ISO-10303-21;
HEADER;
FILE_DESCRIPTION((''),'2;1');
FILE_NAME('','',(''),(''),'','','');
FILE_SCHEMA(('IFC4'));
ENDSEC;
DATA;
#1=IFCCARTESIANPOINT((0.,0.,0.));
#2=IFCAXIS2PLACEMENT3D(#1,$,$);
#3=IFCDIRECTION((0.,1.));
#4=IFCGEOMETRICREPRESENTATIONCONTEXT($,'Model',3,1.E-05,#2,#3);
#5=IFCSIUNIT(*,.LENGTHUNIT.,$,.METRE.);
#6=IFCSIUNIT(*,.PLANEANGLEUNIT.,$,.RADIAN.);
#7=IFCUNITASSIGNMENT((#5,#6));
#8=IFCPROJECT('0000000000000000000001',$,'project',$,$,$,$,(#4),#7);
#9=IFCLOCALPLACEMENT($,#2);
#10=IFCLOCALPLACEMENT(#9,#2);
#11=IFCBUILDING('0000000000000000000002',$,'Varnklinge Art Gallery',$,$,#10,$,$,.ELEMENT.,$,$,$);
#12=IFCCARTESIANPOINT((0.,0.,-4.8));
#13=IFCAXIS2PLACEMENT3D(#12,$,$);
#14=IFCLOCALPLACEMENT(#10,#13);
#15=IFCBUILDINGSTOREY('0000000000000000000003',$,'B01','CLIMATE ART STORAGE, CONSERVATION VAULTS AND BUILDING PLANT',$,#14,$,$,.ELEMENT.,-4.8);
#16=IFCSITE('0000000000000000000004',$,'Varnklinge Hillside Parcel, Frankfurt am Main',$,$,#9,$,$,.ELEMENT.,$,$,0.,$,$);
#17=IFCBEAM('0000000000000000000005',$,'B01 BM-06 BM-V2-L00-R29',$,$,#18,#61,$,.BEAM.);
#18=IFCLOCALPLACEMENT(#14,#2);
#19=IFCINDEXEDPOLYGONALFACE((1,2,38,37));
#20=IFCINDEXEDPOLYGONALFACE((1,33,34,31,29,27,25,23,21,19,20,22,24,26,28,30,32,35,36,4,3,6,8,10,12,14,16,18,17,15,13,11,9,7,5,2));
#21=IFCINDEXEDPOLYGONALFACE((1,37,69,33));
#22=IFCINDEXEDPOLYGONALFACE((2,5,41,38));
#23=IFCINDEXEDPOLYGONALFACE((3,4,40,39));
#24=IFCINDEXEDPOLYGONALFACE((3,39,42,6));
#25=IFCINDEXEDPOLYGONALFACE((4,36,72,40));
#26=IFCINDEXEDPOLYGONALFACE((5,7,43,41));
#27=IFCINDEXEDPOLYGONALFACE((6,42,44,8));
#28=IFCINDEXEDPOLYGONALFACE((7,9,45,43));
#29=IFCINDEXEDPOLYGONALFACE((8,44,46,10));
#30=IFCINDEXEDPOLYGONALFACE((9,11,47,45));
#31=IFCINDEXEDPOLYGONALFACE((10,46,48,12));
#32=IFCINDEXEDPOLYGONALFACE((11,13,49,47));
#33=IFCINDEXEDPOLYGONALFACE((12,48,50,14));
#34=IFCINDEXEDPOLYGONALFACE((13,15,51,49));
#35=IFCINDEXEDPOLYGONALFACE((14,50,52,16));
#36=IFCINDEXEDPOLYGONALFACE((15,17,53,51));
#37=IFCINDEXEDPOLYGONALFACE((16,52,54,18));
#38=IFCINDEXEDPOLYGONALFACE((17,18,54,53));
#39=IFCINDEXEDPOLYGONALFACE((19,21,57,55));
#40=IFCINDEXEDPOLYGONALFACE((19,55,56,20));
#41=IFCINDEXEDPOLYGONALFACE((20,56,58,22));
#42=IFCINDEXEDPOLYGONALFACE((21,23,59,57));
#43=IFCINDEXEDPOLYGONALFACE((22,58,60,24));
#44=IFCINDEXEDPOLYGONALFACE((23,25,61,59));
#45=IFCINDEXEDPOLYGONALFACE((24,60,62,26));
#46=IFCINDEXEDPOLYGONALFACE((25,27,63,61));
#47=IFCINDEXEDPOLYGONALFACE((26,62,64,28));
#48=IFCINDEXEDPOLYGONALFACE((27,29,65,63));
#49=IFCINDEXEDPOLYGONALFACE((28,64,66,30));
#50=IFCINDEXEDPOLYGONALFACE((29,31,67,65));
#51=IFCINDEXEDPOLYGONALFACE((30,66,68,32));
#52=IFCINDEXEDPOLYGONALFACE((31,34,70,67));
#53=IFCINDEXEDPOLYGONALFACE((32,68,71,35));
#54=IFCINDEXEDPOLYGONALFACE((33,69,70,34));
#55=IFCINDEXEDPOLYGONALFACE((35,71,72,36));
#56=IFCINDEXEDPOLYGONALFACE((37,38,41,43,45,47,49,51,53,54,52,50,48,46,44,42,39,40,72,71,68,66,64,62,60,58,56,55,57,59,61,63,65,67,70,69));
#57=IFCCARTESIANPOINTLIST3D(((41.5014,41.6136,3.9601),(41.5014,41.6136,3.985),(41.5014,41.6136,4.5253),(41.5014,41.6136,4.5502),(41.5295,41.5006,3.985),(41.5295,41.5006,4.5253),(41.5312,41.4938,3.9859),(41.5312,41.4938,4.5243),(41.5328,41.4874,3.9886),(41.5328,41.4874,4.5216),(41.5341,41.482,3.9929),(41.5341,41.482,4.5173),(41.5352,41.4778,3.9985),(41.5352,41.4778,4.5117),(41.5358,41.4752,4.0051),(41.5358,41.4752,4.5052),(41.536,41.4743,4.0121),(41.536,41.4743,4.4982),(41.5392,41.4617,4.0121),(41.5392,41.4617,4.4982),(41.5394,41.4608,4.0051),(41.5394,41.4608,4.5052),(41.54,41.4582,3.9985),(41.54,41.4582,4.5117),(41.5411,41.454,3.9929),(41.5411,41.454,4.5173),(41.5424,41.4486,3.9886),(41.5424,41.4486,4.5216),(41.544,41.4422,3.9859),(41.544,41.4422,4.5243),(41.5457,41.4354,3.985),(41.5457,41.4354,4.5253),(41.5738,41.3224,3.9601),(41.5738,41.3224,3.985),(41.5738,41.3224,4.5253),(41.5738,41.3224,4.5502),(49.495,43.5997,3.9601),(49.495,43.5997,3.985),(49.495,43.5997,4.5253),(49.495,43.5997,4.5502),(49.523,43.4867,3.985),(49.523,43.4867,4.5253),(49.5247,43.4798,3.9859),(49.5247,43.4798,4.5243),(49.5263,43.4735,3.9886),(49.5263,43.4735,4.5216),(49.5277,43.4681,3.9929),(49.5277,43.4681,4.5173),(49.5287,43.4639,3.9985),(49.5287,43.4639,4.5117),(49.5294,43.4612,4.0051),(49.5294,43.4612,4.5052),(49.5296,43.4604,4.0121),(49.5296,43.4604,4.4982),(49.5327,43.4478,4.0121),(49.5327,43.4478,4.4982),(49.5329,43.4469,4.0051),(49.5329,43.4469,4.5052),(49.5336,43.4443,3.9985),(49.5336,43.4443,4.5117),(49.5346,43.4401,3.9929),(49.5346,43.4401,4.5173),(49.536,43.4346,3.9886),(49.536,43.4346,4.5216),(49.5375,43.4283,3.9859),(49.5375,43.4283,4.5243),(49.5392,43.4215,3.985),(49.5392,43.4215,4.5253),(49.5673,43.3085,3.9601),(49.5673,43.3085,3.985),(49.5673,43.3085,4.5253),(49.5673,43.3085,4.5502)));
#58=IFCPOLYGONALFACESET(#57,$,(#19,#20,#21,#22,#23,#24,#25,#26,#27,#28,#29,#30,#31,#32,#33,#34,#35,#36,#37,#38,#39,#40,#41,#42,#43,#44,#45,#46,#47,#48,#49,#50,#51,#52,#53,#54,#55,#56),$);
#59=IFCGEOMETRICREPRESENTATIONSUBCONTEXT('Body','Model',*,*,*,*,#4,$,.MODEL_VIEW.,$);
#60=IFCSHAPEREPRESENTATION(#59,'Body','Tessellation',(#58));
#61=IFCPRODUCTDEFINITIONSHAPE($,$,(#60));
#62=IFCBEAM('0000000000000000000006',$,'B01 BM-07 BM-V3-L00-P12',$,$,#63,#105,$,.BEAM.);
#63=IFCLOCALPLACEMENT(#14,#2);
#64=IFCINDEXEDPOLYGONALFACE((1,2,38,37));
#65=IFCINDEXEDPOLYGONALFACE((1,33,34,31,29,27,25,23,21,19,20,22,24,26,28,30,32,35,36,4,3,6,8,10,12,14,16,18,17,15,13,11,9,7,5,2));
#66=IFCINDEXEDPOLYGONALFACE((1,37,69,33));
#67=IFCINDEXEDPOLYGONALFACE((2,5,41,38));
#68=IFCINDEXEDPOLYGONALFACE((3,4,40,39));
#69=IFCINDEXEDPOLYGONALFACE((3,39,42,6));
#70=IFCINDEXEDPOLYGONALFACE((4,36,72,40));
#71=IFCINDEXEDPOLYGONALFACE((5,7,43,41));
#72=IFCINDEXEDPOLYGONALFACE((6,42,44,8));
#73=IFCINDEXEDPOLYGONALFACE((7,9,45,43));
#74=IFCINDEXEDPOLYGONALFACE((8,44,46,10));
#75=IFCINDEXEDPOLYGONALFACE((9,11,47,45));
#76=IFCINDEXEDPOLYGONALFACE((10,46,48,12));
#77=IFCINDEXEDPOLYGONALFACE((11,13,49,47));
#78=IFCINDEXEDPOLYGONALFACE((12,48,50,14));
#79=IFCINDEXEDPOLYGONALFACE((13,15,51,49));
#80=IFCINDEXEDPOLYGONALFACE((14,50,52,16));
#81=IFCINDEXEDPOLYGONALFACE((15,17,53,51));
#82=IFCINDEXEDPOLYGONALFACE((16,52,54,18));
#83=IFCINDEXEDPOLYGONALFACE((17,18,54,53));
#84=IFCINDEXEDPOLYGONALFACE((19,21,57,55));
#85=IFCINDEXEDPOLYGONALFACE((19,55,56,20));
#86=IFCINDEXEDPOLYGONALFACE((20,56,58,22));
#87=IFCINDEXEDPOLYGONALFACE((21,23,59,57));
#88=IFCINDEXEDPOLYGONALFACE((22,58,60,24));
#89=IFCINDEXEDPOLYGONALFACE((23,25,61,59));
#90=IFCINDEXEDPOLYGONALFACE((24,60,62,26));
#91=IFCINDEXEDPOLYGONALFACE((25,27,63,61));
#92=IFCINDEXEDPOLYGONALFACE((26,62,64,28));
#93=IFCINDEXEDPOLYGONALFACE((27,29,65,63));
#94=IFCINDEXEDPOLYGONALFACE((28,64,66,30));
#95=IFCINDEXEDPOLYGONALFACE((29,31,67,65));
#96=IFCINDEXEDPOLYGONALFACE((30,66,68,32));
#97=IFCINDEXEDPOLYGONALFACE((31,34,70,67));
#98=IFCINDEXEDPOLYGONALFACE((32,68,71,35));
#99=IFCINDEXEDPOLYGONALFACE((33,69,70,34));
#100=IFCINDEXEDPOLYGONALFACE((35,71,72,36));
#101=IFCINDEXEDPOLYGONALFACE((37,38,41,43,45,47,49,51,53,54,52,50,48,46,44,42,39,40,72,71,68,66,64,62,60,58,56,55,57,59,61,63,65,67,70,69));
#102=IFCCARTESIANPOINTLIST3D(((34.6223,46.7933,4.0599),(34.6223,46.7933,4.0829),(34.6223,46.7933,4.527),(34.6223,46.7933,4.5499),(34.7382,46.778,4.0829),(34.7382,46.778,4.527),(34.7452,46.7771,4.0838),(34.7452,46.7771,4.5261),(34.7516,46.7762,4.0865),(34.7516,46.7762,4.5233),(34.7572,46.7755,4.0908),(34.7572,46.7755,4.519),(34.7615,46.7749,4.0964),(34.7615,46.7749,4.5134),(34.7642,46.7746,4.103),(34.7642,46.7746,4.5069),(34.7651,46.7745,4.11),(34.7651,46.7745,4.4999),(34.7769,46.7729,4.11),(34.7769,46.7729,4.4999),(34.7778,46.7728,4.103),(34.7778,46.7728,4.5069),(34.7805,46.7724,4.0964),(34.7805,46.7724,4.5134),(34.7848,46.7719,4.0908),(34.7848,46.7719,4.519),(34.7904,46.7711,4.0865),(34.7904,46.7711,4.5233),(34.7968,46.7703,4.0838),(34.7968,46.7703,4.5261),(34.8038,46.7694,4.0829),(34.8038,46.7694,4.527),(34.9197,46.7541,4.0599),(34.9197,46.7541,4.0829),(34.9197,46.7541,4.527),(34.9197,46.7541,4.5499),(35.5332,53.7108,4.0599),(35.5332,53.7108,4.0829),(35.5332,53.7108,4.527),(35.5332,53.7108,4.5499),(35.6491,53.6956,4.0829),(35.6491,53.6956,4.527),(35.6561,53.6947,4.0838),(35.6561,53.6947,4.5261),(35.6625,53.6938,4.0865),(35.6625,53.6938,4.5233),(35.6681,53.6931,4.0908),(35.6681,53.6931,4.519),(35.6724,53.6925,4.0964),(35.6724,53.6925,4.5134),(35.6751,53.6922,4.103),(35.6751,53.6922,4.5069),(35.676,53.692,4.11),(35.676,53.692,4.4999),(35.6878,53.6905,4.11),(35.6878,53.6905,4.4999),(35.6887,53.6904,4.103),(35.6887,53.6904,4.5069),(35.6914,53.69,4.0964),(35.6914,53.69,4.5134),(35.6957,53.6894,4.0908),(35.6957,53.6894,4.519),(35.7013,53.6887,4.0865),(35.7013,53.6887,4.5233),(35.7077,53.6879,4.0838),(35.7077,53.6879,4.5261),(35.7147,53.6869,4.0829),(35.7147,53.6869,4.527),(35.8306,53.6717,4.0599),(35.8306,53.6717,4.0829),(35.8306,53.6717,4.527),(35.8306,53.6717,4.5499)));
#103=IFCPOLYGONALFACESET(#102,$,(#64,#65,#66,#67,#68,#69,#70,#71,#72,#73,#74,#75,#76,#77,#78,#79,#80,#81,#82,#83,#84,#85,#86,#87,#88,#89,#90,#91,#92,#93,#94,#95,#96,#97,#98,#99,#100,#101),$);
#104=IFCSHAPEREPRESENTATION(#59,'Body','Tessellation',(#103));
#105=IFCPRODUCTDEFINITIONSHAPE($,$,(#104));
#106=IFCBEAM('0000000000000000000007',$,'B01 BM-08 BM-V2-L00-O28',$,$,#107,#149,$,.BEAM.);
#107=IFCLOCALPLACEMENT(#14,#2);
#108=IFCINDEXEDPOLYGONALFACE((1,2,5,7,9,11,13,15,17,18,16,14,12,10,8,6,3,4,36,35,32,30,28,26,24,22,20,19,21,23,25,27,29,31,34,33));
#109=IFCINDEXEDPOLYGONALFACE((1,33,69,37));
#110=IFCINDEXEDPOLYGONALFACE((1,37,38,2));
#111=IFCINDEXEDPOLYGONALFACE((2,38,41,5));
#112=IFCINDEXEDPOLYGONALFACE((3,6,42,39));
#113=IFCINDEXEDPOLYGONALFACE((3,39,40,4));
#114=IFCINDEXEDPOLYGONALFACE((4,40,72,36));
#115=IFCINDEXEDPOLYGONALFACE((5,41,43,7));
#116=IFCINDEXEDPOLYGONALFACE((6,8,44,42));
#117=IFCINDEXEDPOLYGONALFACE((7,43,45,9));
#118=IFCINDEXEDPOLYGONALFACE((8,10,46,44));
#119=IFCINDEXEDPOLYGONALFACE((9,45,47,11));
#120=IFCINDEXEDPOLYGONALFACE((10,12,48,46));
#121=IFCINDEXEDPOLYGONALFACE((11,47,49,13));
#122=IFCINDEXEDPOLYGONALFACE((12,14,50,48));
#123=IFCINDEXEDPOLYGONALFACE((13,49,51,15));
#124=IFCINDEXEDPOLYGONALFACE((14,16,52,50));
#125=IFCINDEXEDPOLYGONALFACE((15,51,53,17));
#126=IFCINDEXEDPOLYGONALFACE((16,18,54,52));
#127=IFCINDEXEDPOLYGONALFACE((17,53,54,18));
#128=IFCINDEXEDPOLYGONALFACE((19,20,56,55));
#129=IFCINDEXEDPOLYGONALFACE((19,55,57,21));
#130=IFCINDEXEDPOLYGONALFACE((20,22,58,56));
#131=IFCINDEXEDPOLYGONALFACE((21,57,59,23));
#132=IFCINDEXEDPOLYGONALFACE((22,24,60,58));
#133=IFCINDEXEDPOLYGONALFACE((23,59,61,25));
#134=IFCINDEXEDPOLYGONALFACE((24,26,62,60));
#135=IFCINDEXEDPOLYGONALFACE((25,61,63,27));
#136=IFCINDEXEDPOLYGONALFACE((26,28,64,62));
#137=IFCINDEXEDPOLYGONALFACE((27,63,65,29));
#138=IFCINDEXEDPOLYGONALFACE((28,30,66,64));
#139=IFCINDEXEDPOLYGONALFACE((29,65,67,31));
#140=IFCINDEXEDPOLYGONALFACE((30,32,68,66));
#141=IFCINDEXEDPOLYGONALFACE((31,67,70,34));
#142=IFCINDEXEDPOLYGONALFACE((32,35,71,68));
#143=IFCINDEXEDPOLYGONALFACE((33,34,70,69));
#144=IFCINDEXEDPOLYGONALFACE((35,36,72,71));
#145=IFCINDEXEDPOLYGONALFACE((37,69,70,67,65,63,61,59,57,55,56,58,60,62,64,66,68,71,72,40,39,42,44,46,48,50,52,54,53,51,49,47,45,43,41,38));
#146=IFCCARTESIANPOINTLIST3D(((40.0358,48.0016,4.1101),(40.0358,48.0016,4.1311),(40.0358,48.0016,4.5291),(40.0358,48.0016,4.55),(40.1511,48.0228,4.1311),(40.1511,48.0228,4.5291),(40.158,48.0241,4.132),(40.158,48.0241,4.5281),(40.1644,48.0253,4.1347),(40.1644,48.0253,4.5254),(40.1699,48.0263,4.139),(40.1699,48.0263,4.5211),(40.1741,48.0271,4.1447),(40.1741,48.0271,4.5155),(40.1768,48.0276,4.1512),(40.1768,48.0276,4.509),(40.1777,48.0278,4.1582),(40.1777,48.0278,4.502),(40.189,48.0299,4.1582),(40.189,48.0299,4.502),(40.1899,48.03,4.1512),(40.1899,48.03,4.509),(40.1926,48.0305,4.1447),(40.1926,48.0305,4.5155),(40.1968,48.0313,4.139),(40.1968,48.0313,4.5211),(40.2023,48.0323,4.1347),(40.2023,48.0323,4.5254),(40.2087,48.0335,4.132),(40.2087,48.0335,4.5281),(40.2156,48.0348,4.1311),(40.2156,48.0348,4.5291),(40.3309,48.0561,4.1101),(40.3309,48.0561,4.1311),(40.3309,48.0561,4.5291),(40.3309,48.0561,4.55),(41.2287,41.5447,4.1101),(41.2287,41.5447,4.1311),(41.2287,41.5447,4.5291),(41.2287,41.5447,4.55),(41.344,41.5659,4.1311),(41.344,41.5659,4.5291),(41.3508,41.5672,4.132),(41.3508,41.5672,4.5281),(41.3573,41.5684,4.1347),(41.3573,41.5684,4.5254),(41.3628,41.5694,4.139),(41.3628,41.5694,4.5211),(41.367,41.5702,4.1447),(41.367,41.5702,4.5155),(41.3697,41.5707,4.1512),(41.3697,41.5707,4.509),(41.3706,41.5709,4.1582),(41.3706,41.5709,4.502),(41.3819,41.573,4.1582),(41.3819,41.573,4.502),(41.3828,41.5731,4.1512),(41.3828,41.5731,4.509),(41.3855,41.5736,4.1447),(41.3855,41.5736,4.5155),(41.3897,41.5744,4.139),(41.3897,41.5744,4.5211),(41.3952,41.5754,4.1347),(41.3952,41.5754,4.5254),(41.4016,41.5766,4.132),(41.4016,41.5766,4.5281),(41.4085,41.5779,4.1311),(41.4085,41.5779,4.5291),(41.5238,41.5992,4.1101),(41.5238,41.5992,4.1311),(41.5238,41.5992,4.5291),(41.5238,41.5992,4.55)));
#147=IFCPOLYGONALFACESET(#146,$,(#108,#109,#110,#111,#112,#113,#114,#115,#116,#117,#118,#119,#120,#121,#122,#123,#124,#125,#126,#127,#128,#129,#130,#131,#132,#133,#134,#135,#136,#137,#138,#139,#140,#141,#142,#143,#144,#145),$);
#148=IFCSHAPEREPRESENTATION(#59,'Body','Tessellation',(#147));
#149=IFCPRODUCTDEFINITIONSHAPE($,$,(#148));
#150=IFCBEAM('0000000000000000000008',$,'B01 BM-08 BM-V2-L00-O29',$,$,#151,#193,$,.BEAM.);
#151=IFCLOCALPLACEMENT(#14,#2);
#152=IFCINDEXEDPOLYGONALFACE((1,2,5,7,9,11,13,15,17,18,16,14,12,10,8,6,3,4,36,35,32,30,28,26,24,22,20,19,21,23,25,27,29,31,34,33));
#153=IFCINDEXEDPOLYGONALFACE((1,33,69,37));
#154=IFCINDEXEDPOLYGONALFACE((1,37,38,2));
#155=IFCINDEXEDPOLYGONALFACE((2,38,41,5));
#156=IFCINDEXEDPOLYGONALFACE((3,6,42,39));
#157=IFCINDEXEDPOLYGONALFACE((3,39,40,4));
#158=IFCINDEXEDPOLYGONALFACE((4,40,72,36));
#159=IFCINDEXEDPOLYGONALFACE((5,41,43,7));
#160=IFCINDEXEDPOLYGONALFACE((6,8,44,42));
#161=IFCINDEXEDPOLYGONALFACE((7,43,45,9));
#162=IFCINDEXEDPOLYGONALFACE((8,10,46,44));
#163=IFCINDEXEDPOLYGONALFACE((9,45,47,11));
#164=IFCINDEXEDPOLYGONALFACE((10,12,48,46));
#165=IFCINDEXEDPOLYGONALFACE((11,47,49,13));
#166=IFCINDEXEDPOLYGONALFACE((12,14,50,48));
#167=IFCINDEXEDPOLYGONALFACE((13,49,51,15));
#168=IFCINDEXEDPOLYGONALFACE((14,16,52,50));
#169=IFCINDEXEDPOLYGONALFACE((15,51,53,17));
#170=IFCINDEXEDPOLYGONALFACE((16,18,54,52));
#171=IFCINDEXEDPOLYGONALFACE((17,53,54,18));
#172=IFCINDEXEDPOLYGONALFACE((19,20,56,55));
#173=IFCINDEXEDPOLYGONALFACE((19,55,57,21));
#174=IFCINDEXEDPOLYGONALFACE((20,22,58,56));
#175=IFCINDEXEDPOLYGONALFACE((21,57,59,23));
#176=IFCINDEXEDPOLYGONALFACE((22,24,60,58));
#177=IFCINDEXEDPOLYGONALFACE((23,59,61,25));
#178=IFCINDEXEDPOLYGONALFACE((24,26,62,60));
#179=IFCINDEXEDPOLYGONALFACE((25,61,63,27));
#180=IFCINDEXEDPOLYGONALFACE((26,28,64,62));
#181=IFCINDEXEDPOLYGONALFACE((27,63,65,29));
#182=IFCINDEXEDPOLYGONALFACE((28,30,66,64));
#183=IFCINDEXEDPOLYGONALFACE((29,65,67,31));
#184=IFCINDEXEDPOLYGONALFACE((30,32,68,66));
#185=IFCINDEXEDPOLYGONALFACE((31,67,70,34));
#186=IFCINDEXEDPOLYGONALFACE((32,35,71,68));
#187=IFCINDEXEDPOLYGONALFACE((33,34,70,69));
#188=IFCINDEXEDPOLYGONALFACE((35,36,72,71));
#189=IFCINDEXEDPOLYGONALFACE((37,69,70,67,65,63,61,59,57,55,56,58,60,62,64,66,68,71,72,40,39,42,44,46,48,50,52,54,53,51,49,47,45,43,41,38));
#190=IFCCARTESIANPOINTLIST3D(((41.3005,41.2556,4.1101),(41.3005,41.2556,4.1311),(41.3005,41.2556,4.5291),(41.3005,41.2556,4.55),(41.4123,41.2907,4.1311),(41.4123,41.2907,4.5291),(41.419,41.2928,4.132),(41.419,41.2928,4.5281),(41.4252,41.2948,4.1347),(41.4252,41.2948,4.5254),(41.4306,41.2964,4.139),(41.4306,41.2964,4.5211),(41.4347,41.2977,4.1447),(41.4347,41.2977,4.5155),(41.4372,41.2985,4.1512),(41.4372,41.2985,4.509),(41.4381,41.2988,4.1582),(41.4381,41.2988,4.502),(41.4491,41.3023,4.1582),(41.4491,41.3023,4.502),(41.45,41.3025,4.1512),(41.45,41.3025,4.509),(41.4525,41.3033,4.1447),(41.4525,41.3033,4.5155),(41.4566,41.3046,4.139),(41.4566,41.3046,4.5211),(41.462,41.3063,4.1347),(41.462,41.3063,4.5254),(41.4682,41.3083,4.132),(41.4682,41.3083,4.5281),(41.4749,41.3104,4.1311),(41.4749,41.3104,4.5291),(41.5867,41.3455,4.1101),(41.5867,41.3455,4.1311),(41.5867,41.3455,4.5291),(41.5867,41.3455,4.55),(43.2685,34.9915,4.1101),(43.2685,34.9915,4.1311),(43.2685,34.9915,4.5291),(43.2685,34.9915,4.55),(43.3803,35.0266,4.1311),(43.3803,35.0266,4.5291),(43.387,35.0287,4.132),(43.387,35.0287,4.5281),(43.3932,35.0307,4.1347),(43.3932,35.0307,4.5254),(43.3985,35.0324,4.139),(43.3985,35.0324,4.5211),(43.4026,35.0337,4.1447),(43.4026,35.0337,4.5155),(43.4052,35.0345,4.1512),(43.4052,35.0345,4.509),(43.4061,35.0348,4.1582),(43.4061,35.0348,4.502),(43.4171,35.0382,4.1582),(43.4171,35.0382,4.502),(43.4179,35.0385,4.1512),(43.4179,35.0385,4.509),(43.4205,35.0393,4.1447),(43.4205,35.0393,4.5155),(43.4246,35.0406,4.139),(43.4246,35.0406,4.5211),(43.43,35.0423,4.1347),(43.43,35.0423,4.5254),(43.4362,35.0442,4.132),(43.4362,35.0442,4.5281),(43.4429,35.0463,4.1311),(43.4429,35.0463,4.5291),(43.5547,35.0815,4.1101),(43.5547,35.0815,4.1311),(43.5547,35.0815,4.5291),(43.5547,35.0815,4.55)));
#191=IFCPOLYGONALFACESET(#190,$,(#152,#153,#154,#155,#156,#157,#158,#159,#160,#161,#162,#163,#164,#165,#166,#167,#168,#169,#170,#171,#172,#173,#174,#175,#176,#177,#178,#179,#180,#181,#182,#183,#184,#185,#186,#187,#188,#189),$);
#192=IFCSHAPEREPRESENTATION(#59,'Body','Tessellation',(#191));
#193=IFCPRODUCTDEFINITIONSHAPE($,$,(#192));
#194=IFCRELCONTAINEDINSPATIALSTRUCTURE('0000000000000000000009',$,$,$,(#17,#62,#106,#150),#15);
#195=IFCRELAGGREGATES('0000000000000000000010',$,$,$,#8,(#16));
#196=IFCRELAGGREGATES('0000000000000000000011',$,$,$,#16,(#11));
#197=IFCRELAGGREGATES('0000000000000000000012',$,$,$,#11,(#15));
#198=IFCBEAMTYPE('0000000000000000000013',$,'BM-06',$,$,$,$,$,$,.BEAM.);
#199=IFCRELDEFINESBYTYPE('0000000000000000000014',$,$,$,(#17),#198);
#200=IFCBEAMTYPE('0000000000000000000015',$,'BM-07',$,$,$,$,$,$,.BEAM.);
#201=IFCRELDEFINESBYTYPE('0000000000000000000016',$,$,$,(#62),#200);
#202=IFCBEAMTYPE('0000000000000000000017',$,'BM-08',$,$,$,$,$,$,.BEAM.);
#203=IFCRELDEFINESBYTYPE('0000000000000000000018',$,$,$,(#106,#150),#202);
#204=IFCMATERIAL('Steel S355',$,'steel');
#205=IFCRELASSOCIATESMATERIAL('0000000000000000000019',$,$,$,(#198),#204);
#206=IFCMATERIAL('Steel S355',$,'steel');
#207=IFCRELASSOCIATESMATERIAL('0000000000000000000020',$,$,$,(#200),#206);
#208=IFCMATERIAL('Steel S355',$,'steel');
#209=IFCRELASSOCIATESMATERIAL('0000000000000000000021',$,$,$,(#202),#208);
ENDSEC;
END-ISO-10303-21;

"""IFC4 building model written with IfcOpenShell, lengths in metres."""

from ifc_helpers import new_model, si_unit, direction, frame, origin, origin_2d, place, context, subcontext, project, spatial, i_section, extrude, material, material_profile, profile_set, type_object, element, save


model = new_model("IFC4")

# Units and contexts
model_context = context("Model", 3, precision=1e-05, world=origin(), true_north=direction((0.0, 1.0)))
body_context = subcontext(model_context, "Body", "Model", "MODEL_VIEW")
ifc_project = project(units=[si_unit("LENGTHUNIT", "METRE"), si_unit("PLANEANGLEUNIT", "RADIAN")], contexts=[model_context])

# Site, building, storey
site_placement = place(None, origin())
site = spatial("IfcSite", under=ifc_project, at=site_placement, Name="Varnklinge Hillside Parcel, Frankfurt am Main", CompositionType="ELEMENT", RefElevation=0.0)
building_placement = place(site_placement, origin())
building = spatial("IfcBuilding", under=site, at=building_placement, Name="Varnklinge Art Gallery", CompositionType="ELEMENT")
storey_placement = place(building_placement, frame((0.0, 0.0, -4.8)))
storey = spatial("IfcBuildingStorey", under=building, at=storey_placement, Name="B01", Description="CLIMATE ART STORAGE, CONSERVATION VAULTS AND BUILDING PLANT", CompositionType="ELEMENT", Elevation=-4.8)

# Beams
ifc_material_1 = material(Name="Steel S355", Category="steel")
ifc_material_profile_1 = material_profile(ifc_material_1, i_section(OverallWidth=0.3, OverallDepth=0.5901, WebThickness=0.0129, FlangeThickness=0.0249, FilletRadius=0.0271, at=origin_2d()), Name="HEA 600")
ifc_profile_set_1 = profile_set([ifc_material_profile_1], Name="Steel S355")
beam_type_1 = type_object("IfcBeamType", Name="BM-06", PredefinedType="BEAM", material=ifc_profile_set_1)
beam_1_placement = place(storey_placement, frame((41.5376, 41.468, 4.2551), z_axis=(0.970494, 0.241127, 0.0), x_axis=(-0.241127, 0.970494, 0.0)))
element("IfcBeam", 1, at=beam_1_placement, inside=storey, type_object=beam_type_1, Name="B01 BM-06 BM-V2-L00-R29", PredefinedType="BEAM", context=body_context, shape_type="SweptSolid", body=[
    extrude(i_section(OverallWidth=0.3, OverallDepth=0.5901, WebThickness=0.0129, FlangeThickness=0.0249, FilletRadius=0.0271, at=origin_2d()), origin(), (0.0, 0.0, 1.0), 8.2366),
])
ifc_material_2 = material(Name="Steel S355", Category="steel")
ifc_material_profile_2 = material_profile(ifc_material_2, i_section(OverallWidth=0.3, OverallDepth=0.49, WebThickness=0.012, FlangeThickness=0.0229, FilletRadius=0.0271, at=origin_2d()), Name="HEA 500")
ifc_profile_set_2 = profile_set([ifc_material_profile_2], Name="Steel S355")
beam_type_2 = type_object("IfcBeamType", Name="BM-07", PredefinedType="BEAM", material=ifc_profile_set_2)
beam_2_placement = place(storey_placement, frame((34.771, 46.7737, 4.3049), z_axis=(0.130552, 0.991441, 0.0), x_axis=(-0.991441, 0.130552, 0.0)))
element("IfcBeam", 2, at=beam_2_placement, inside=storey, type_object=beam_type_2, Name="B01 BM-07 BM-V3-L00-P12", PredefinedType="BEAM", context=body_context, shape_type="SweptSolid", body=[
    extrude(i_section(OverallWidth=0.3, OverallDepth=0.49, WebThickness=0.012, FlangeThickness=0.0229, FilletRadius=0.0271, at=origin_2d()), origin(), (0.0, 0.0, 1.0), 6.9773),
])
ifc_material_3 = material(Name="Steel S355", Category="steel")
ifc_material_profile_3 = material_profile(ifc_material_3, i_section(OverallWidth=0.3, OverallDepth=0.4399, WebThickness=0.0115, FlangeThickness=0.021, FilletRadius=0.0271, at=origin_2d()), Name="HEA 450")
ifc_profile_set_3 = profile_set([ifc_material_profile_3], Name="Steel S355")
beam_type_3 = type_object("IfcBeamType", Name="BM-08", PredefinedType="BEAM", material=ifc_profile_set_3)
beam_3_placement = place(storey_placement, frame((40.1833, 48.0288, 4.3301), z_axis=(0.181672, -0.983359, 0.0), x_axis=(0.983359, 0.181672, 0.0)))
element("IfcBeam", 3, at=beam_3_placement, inside=storey, type_object=beam_type_3, Name="B01 BM-08 BM-V2-L00-O28", PredefinedType="BEAM", context=body_context, shape_type="SweptSolid", body=[
    extrude(i_section(OverallWidth=0.3, OverallDepth=0.4399, WebThickness=0.0115, FlangeThickness=0.021, FilletRadius=0.0271, at=origin_2d()), origin(), (0.0, 0.0, 1.0), 6.5662),
])
beam_4_placement = place(storey_placement, frame((41.4436, 41.3005, 4.3301), z_axis=(0.299727, -0.954025, 0.0), x_axis=(0.954025, 0.299727, 0.0)))
element("IfcBeam", 4, at=beam_4_placement, inside=storey, type_object=beam_type_3, Name="B01 BM-08 BM-V2-L00-O29", PredefinedType="BEAM", context=body_context, shape_type="SweptSolid", body=[
    extrude(i_section(OverallWidth=0.3, OverallDepth=0.4399, WebThickness=0.0115, FlangeThickness=0.021, FilletRadius=0.0271, at=origin_2d()), origin(), (0.0, 0.0, 1.0), 6.5659),
])

save(model, "model.ifc")
